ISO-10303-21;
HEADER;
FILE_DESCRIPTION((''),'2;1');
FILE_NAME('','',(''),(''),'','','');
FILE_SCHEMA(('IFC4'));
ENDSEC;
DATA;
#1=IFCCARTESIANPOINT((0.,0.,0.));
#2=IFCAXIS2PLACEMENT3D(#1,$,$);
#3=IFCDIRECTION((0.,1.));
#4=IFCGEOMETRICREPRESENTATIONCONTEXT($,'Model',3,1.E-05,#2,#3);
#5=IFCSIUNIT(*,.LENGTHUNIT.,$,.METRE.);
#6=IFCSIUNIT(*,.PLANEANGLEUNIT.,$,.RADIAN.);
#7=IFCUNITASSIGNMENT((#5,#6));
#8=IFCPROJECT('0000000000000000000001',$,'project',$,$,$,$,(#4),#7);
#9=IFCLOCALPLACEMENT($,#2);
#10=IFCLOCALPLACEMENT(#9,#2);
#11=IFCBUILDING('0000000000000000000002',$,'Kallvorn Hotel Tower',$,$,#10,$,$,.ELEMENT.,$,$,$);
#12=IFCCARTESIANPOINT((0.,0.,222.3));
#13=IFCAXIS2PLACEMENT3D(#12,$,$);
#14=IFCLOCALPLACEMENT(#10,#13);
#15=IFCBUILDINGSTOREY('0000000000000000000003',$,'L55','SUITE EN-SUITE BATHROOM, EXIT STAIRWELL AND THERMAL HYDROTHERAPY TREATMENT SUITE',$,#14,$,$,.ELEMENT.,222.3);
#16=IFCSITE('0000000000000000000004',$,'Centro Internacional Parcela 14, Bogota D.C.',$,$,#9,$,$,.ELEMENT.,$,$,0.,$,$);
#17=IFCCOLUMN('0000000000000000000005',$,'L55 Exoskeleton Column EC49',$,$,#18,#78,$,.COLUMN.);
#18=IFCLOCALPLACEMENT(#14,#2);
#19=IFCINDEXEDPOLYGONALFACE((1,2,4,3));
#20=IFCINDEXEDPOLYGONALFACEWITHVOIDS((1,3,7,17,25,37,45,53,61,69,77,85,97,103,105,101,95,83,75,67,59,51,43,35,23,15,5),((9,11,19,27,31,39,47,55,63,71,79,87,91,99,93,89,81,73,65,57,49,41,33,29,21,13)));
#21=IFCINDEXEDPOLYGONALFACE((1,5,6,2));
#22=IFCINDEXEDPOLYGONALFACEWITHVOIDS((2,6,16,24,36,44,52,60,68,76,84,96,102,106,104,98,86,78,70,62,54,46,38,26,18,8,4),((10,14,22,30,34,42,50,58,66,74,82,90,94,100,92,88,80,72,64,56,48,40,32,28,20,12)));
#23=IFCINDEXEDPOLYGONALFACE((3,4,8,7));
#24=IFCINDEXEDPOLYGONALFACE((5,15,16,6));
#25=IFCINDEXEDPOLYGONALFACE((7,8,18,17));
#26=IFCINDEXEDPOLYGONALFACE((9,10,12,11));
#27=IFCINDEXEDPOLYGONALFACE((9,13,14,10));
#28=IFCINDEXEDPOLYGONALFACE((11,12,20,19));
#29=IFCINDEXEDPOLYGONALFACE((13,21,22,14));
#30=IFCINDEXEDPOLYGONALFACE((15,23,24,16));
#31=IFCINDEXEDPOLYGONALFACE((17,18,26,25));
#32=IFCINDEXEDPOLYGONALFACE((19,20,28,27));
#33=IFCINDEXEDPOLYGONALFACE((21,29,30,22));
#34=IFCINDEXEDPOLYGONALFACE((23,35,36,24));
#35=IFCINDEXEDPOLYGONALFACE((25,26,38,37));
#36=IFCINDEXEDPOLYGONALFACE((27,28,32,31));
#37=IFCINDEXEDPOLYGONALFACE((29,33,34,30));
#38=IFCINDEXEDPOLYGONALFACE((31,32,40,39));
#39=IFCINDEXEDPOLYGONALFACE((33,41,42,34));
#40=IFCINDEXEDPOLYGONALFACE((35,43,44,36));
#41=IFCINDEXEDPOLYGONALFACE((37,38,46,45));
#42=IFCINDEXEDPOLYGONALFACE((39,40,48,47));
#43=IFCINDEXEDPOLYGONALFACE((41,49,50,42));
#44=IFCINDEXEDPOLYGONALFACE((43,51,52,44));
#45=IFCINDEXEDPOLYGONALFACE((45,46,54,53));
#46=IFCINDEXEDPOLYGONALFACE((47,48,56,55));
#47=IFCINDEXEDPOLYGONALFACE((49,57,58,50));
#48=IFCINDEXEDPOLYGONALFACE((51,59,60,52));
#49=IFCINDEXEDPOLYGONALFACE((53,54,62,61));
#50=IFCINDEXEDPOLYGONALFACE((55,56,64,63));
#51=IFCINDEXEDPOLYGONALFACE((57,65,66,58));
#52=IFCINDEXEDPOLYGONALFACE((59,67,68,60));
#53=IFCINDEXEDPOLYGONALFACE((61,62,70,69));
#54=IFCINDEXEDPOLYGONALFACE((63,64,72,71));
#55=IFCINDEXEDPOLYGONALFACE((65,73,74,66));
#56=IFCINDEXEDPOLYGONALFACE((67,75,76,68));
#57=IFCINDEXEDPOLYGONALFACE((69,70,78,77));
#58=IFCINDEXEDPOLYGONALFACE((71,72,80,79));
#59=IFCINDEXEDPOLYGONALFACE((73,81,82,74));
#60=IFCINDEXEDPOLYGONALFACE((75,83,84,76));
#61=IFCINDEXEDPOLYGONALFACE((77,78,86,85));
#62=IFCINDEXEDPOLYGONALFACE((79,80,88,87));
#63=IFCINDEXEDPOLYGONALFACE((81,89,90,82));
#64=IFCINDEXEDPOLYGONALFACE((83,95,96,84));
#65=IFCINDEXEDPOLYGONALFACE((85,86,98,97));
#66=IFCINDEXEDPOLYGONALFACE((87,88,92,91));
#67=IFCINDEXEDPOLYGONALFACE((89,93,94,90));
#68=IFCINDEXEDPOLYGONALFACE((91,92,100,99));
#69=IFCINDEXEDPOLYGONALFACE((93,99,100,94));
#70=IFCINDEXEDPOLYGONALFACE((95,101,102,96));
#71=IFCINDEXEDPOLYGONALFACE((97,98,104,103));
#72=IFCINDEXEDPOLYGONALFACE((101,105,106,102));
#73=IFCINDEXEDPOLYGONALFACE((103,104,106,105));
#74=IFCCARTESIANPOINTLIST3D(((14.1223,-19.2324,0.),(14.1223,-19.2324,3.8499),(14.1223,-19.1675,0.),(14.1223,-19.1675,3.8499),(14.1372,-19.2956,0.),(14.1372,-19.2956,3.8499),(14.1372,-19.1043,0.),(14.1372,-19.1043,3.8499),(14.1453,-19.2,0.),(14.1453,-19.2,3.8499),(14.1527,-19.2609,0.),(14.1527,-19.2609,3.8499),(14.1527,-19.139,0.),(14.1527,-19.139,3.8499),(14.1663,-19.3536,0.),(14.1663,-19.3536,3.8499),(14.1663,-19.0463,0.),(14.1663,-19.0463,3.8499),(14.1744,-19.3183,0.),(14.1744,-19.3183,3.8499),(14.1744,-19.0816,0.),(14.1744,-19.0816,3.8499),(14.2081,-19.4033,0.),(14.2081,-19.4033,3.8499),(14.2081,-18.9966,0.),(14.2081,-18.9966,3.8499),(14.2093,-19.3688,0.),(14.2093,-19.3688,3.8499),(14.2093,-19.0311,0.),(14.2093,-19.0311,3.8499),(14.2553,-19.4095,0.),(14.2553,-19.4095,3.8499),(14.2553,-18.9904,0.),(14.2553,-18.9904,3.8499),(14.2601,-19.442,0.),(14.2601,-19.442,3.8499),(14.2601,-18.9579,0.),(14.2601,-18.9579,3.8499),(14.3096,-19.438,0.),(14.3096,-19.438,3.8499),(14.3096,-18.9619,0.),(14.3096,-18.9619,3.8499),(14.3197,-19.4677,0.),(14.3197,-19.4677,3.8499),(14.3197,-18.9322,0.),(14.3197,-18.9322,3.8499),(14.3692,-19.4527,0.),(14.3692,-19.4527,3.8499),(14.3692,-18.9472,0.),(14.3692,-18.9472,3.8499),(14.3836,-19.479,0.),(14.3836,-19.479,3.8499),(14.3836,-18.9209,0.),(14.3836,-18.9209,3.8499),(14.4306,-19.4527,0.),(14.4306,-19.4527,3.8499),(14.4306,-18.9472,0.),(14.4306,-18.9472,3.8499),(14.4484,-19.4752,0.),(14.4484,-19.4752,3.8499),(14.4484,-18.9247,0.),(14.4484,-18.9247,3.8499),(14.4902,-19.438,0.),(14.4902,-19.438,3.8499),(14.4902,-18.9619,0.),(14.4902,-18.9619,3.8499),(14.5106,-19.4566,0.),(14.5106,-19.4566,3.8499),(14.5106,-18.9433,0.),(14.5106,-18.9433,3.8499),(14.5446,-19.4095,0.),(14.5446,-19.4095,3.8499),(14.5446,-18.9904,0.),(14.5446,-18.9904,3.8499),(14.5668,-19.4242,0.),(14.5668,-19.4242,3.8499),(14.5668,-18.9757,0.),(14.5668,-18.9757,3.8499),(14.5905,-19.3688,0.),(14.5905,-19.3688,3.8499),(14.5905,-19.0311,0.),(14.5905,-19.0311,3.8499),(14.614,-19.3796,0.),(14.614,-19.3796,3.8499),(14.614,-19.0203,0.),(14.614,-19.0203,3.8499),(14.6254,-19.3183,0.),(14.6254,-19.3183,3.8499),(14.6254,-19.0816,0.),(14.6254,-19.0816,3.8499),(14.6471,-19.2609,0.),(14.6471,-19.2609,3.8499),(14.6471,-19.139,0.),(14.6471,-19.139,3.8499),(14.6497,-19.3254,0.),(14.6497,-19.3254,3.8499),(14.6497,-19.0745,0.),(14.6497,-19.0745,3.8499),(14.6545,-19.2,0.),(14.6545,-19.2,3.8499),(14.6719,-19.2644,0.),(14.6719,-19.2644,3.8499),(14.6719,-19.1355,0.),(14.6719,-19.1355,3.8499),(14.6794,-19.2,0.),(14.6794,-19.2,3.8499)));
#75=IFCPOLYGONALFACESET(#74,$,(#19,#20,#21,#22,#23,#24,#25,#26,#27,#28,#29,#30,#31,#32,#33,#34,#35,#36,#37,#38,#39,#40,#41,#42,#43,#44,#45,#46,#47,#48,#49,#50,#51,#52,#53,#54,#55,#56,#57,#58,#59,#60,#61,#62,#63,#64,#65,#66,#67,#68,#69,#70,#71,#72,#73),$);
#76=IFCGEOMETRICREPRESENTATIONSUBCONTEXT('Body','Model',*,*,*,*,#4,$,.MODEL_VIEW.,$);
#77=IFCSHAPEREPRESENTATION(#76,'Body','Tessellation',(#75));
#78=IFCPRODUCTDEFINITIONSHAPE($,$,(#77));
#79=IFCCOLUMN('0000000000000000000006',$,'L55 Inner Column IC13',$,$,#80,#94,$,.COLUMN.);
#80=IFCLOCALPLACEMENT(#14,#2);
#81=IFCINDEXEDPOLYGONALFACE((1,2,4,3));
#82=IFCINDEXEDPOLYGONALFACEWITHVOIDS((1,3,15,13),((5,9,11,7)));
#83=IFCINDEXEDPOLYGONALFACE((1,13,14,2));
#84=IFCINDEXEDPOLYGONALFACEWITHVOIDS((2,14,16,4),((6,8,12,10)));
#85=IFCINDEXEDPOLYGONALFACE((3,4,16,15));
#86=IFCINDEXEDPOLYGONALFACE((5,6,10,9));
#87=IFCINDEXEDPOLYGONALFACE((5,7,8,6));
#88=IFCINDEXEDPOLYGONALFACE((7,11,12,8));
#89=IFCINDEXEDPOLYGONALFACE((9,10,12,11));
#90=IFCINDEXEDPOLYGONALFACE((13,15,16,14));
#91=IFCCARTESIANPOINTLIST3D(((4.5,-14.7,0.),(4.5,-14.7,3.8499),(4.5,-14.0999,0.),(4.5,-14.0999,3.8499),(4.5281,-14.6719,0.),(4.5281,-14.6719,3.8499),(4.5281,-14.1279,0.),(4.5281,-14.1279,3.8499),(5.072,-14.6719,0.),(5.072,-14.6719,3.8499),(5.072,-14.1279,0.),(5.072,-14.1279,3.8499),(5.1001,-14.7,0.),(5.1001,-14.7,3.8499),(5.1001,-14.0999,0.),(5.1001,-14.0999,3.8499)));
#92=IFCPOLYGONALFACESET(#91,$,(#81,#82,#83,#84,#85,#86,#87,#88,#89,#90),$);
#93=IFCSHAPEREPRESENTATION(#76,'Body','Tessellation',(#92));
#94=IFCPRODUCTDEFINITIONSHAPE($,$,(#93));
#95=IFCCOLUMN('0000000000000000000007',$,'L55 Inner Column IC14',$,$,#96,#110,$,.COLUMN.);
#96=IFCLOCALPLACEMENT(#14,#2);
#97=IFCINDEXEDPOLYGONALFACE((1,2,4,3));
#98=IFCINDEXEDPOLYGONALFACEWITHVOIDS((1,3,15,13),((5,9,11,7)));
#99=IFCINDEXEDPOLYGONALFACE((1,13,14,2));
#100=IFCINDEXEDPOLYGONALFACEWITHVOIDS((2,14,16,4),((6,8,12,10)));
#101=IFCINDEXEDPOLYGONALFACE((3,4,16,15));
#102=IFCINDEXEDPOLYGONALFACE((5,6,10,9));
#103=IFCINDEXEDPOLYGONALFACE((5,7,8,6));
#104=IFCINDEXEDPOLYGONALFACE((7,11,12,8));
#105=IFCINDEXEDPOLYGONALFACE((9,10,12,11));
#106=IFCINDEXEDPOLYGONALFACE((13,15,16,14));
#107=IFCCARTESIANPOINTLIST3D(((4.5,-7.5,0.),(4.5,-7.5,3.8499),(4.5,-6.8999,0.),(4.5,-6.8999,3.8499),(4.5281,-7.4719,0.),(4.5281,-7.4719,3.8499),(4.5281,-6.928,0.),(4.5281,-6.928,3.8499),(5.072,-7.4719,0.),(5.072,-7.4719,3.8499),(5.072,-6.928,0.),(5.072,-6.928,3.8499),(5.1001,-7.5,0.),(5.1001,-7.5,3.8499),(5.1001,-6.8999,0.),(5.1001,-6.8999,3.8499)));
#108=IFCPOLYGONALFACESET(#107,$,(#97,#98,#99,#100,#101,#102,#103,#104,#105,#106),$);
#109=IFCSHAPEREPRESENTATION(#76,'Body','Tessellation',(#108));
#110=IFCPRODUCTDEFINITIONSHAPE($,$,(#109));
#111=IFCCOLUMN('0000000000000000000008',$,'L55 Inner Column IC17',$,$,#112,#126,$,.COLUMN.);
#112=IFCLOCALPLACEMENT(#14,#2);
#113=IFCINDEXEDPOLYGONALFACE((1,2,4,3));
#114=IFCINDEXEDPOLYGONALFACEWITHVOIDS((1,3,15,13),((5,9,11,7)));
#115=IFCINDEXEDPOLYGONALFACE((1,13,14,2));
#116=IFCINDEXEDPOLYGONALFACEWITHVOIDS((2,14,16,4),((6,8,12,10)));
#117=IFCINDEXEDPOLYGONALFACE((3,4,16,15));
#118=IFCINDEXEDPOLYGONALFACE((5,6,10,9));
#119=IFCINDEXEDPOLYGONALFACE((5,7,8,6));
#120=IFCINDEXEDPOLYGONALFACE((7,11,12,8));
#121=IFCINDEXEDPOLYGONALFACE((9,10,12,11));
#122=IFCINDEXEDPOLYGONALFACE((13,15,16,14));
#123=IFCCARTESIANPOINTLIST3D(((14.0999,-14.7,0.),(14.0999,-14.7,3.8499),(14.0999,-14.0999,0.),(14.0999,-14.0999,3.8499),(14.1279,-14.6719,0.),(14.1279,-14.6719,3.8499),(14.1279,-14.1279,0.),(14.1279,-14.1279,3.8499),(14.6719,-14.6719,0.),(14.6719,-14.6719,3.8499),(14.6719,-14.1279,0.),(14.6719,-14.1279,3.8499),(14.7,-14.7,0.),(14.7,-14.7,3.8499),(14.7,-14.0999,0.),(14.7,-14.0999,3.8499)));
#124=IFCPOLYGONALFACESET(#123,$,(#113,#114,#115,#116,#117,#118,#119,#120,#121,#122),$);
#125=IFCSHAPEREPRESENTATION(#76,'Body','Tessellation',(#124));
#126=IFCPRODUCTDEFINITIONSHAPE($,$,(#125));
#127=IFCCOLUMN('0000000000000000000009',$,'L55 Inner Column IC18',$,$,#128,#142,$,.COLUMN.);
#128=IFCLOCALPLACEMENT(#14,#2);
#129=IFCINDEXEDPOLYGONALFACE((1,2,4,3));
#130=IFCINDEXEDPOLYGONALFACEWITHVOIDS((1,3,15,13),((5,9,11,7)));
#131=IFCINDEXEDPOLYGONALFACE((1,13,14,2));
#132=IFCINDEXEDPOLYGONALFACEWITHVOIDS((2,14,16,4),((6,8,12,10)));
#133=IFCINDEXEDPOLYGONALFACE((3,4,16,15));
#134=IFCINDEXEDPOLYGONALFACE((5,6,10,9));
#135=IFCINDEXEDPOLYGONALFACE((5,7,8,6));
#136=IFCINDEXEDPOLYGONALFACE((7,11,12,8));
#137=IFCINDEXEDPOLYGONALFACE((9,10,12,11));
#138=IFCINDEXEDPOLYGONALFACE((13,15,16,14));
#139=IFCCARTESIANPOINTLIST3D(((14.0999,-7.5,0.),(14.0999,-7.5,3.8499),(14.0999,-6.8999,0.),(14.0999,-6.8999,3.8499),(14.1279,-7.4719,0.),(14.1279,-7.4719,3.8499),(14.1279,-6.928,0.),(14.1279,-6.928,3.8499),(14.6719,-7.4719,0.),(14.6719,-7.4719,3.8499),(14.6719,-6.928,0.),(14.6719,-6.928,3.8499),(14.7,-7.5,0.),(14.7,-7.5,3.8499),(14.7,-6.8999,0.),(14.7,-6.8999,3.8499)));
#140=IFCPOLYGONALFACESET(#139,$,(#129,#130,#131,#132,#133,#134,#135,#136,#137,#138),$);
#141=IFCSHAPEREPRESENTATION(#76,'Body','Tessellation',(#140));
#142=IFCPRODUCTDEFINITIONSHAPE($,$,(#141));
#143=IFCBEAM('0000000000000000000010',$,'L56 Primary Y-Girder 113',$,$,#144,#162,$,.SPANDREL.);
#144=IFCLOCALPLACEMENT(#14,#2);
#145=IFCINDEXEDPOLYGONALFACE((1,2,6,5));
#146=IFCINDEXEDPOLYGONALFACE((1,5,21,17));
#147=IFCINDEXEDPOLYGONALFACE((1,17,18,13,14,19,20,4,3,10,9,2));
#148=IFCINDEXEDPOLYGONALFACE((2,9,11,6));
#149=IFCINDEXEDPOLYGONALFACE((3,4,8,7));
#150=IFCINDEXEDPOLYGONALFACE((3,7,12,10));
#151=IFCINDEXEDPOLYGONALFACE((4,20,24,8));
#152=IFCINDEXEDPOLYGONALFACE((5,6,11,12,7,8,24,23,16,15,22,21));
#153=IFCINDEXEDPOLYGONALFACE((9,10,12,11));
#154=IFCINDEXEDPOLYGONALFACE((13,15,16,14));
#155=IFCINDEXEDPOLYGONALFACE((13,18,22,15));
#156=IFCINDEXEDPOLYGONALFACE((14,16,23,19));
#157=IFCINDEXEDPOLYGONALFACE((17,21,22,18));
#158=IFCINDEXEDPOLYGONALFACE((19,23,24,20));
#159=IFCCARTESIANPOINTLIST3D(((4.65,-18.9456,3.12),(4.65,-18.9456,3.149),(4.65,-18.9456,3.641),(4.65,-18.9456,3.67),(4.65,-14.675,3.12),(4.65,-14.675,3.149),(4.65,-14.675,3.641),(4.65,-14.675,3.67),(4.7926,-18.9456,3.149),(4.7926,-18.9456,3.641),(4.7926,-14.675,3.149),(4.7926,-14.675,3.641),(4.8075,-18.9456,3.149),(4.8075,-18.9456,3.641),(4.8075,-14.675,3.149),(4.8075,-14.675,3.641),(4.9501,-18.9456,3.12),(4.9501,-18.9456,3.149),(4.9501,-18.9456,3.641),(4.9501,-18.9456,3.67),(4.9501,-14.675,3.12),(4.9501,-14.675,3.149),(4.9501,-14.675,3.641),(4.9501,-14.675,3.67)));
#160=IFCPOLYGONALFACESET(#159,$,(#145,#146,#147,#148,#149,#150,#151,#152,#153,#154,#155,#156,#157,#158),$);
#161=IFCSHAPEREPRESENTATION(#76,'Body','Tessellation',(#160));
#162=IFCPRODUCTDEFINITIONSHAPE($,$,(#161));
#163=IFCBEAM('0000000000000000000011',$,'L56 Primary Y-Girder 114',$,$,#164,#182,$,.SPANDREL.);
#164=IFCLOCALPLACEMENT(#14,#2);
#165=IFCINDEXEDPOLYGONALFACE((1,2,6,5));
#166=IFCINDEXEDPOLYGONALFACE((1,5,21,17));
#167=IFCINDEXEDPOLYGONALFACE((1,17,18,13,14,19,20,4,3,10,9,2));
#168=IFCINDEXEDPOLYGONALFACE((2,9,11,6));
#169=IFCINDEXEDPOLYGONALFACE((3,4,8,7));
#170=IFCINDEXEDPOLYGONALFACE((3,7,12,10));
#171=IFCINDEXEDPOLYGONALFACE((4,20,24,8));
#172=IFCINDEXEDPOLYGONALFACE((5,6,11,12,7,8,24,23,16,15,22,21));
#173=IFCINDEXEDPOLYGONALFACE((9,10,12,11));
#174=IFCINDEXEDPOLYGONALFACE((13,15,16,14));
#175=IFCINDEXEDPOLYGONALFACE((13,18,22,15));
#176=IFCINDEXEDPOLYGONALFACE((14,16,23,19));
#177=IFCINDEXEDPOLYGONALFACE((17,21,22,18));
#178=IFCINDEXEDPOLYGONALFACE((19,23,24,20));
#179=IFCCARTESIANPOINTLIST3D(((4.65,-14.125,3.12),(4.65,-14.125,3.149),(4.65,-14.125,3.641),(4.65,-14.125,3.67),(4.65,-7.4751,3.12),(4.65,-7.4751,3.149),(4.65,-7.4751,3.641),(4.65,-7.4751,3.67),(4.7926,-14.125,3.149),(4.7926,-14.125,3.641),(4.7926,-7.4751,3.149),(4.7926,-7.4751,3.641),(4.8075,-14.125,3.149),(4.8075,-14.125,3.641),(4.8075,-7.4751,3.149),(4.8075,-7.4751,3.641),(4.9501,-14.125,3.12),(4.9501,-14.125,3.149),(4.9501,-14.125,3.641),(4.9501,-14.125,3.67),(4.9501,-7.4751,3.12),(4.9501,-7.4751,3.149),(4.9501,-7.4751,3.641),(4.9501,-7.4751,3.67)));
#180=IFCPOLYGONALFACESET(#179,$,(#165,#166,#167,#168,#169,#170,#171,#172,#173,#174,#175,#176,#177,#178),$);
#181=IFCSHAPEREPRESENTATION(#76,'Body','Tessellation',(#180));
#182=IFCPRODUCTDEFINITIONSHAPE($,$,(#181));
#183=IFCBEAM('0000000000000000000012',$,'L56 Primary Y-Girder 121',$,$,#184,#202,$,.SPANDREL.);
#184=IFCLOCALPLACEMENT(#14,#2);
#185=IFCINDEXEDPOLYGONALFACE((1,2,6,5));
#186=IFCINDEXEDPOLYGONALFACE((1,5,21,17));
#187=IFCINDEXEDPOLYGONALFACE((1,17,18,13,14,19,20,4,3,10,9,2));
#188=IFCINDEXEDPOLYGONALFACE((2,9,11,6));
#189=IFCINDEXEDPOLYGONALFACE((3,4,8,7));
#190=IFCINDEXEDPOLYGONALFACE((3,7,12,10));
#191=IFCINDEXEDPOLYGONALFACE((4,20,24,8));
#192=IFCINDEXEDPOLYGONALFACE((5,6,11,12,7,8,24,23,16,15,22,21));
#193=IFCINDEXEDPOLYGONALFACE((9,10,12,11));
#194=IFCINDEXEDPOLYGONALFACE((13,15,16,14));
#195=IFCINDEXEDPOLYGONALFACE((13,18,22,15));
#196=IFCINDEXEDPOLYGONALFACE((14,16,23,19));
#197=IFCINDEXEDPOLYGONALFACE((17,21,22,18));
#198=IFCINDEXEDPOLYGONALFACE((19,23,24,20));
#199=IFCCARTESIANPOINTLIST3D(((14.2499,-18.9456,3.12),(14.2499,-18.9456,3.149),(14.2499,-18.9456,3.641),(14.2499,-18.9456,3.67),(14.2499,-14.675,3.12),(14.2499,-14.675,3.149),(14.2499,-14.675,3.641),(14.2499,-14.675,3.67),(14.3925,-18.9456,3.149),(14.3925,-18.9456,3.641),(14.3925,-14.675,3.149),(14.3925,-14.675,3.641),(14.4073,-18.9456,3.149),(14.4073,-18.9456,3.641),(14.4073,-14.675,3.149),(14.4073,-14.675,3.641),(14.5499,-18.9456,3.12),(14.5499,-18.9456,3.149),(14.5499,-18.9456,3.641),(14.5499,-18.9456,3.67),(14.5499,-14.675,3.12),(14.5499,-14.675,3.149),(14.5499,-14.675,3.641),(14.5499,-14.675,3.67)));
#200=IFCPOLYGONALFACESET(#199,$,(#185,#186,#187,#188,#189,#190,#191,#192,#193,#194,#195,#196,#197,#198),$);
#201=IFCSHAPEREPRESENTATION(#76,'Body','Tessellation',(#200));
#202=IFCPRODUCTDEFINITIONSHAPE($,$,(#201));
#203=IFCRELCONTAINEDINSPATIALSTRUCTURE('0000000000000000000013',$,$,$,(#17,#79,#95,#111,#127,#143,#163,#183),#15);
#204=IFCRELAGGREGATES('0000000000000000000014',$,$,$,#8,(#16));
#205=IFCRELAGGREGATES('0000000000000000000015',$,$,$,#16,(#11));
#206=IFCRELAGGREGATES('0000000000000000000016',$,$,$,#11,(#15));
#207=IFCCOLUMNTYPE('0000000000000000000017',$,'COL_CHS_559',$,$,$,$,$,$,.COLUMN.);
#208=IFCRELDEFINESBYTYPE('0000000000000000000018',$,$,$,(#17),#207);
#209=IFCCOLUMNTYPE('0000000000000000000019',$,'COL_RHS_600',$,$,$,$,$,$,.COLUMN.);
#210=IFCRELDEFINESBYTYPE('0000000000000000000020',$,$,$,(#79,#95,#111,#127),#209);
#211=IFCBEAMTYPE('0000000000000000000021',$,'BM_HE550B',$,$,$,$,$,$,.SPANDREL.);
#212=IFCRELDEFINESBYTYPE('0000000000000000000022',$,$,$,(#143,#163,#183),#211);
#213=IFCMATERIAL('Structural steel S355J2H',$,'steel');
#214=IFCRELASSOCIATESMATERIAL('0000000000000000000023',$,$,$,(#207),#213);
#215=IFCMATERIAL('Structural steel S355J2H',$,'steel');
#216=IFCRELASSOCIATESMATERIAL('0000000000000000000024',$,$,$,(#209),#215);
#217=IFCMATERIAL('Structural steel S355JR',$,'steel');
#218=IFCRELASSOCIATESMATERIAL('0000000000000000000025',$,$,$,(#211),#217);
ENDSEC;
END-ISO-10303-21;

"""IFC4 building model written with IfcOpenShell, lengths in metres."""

from ifc_helpers import new_model, si_unit, direction, frame, origin, origin_2d, place, context, subcontext, project, spatial, hollow_rectangle, hollow_circle, i_section, extrude, material, material_profile, profile_set, type_object, element, save


model = new_model("IFC4")

# Units and contexts
model_context = context("Model", 3, precision=1e-05, world=origin(), true_north=direction((0.0, 1.0)))
body_context = subcontext(model_context, "Body", "Model", "MODEL_VIEW")
ifc_project = project(units=[si_unit("LENGTHUNIT", "METRE"), si_unit("PLANEANGLEUNIT", "RADIAN")], contexts=[model_context])

# Site, building, storey
site_placement = place(None, origin())
site = spatial("IfcSite", under=ifc_project, at=site_placement, Name="Centro Internacional Parcela 14, Bogota D.C.", CompositionType="ELEMENT", RefElevation=0.0)
building_placement = place(site_placement, origin())
building = spatial("IfcBuilding", under=site, at=building_placement, Name="Kallvorn Hotel Tower", CompositionType="ELEMENT")
storey_placement = place(building_placement, frame((0.0, 0.0, 222.3)))
storey = spatial("IfcBuildingStorey", under=building, at=storey_placement, Name="L55", Description="SUITE EN-SUITE BATHROOM, EXIT STAIRWELL AND THERMAL HYDROTHERAPY TREATMENT SUITE", CompositionType="ELEMENT", Elevation=222.3)

# Columns
ifc_material_1 = material(Name="Structural steel S355J2H", Category="steel")
ifc_material_profile_1 = material_profile(ifc_material_1, hollow_circle(Radius=0.2795, WallThickness=0.0249, at=origin_2d()), Name="CHS 559x25")
ifc_profile_set_1 = profile_set([ifc_material_profile_1], Name="Structural steel S355J2H")
column_type_1 = type_object("IfcColumnType", Name="COL_CHS_559", PredefinedType="COLUMN", material=ifc_profile_set_1)
for number, where, z_axis, x_axis, name in (
    (1, (14.3999, -19.2, 0.0), (0.0, 0.0, 1.0), (1.0, 0.0, 0.0), "L55 Exoskeleton Column EC49"),
):
    element("IfcColumn", number, at=place(storey_placement, frame(where, z_axis=z_axis, x_axis=x_axis)), inside=storey, type_object=column_type_1, Name=name, PredefinedType="COLUMN", context=body_context, shape_type="SweptSolid", body=[
        extrude(hollow_circle(Radius=0.2795, WallThickness=0.0249, at=origin_2d()), origin(), (0.0, 0.0, 1.0), 3.8499),
    ])
ifc_material_2 = material(Name="Structural steel S355J2H", Category="steel")
ifc_material_profile_2 = material_profile(ifc_material_2, hollow_rectangle(XDim=0.6001, YDim=0.6001, WallThickness=0.0281, at=origin_2d()), Name="RHS 600x600x28")
ifc_profile_set_2 = profile_set([ifc_material_profile_2], Name="Structural steel S355J2H")
column_type_2 = type_object("IfcColumnType", Name="COL_RHS_600", PredefinedType="COLUMN", material=ifc_profile_set_2)
for number, where, z_axis, x_axis, name in (
    (2, (4.8, -14.3999, 0.0), (0.0, 0.0, 1.0), (1.0, 0.0, 0.0), "L55 Inner Column IC13"),
    (3, (4.8, -7.2, 0.0), (0.0, 0.0, 1.0), (1.0, 0.0, 0.0), "L55 Inner Column IC14"),
    (4, (14.3999, -14.3999, 0.0), (0.0, 0.0, 1.0), (1.0, 0.0, 0.0), "L55 Inner Column IC17"),
    (5, (14.3999, -7.2, 0.0), (0.0, 0.0, 1.0), (1.0, 0.0, 0.0), "L55 Inner Column IC18"),
):
    element("IfcColumn", number, at=place(storey_placement, frame(where, z_axis=z_axis, x_axis=x_axis)), inside=storey, type_object=column_type_2, Name=name, PredefinedType="COLUMN", context=body_context, shape_type="SweptSolid", body=[
        extrude(hollow_rectangle(XDim=0.6001, YDim=0.6001, WallThickness=0.0281, at=origin_2d()), origin(), (0.0, 0.0, 1.0), 3.8499),
    ])

# Beams
ifc_material_3 = material(Name="Structural steel S355JR", Category="steel")
ifc_material_profile_3 = material_profile(ifc_material_3, i_section(OverallWidth=0.3, OverallDepth=0.55, WebThickness=0.0149, FlangeThickness=0.0291, at=origin_2d()), Name="HE 550 B")
ifc_profile_set_3 = profile_set([ifc_material_profile_3], Name="Structural steel S355JR")
beam_type_1 = type_object("IfcBeamType", Name="BM_HE550B", PredefinedType="SPANDREL", material=ifc_profile_set_3)
beam_1_placement = place(storey_placement, frame((4.8, -18.9456, 3.395), z_axis=(0.0, 1.0, 0.0), x_axis=(-1.0, 0.0, 0.0)))
element("IfcBeam", 6, at=beam_1_placement, inside=storey, type_object=beam_type_1, Name="L56 Primary Y-Girder 113", PredefinedType="SPANDREL", context=body_context, shape_type="SweptSolid", body=[
    extrude(i_section(OverallWidth=0.3, OverallDepth=0.55, WebThickness=0.0149, FlangeThickness=0.0291, at=origin_2d()), origin(), (0.0, 0.0, 1.0), 4.2705),
])
beam_2_placement = place(storey_placement, frame((4.8, -14.125, 3.395), z_axis=(0.0, 1.0, 0.0), x_axis=(-1.0, 0.0, 0.0)))
element("IfcBeam", 7, at=beam_2_placement, inside=storey, type_object=beam_type_1, Name="L56 Primary Y-Girder 114", PredefinedType="SPANDREL", context=body_context, shape_type="SweptSolid", body=[
    extrude(i_section(OverallWidth=0.3, OverallDepth=0.55, WebThickness=0.0149, FlangeThickness=0.0291, at=origin_2d()), origin(), (0.0, 0.0, 1.0), 6.6499),
])
beam_3_placement = place(storey_placement, frame((14.3999, -18.9456, 3.395), z_axis=(0.0, 1.0, 0.0), x_axis=(-1.0, 0.0, 0.0)))
element("IfcBeam", 8, at=beam_3_placement, inside=storey, type_object=beam_type_1, Name="L56 Primary Y-Girder 121", PredefinedType="SPANDREL", context=body_context, shape_type="SweptSolid", body=[
    extrude(i_section(OverallWidth=0.3, OverallDepth=0.55, WebThickness=0.0149, FlangeThickness=0.0291, at=origin_2d()), origin(), (0.0, 0.0, 1.0), 4.2705),
])

save(model, "model.ifc")
